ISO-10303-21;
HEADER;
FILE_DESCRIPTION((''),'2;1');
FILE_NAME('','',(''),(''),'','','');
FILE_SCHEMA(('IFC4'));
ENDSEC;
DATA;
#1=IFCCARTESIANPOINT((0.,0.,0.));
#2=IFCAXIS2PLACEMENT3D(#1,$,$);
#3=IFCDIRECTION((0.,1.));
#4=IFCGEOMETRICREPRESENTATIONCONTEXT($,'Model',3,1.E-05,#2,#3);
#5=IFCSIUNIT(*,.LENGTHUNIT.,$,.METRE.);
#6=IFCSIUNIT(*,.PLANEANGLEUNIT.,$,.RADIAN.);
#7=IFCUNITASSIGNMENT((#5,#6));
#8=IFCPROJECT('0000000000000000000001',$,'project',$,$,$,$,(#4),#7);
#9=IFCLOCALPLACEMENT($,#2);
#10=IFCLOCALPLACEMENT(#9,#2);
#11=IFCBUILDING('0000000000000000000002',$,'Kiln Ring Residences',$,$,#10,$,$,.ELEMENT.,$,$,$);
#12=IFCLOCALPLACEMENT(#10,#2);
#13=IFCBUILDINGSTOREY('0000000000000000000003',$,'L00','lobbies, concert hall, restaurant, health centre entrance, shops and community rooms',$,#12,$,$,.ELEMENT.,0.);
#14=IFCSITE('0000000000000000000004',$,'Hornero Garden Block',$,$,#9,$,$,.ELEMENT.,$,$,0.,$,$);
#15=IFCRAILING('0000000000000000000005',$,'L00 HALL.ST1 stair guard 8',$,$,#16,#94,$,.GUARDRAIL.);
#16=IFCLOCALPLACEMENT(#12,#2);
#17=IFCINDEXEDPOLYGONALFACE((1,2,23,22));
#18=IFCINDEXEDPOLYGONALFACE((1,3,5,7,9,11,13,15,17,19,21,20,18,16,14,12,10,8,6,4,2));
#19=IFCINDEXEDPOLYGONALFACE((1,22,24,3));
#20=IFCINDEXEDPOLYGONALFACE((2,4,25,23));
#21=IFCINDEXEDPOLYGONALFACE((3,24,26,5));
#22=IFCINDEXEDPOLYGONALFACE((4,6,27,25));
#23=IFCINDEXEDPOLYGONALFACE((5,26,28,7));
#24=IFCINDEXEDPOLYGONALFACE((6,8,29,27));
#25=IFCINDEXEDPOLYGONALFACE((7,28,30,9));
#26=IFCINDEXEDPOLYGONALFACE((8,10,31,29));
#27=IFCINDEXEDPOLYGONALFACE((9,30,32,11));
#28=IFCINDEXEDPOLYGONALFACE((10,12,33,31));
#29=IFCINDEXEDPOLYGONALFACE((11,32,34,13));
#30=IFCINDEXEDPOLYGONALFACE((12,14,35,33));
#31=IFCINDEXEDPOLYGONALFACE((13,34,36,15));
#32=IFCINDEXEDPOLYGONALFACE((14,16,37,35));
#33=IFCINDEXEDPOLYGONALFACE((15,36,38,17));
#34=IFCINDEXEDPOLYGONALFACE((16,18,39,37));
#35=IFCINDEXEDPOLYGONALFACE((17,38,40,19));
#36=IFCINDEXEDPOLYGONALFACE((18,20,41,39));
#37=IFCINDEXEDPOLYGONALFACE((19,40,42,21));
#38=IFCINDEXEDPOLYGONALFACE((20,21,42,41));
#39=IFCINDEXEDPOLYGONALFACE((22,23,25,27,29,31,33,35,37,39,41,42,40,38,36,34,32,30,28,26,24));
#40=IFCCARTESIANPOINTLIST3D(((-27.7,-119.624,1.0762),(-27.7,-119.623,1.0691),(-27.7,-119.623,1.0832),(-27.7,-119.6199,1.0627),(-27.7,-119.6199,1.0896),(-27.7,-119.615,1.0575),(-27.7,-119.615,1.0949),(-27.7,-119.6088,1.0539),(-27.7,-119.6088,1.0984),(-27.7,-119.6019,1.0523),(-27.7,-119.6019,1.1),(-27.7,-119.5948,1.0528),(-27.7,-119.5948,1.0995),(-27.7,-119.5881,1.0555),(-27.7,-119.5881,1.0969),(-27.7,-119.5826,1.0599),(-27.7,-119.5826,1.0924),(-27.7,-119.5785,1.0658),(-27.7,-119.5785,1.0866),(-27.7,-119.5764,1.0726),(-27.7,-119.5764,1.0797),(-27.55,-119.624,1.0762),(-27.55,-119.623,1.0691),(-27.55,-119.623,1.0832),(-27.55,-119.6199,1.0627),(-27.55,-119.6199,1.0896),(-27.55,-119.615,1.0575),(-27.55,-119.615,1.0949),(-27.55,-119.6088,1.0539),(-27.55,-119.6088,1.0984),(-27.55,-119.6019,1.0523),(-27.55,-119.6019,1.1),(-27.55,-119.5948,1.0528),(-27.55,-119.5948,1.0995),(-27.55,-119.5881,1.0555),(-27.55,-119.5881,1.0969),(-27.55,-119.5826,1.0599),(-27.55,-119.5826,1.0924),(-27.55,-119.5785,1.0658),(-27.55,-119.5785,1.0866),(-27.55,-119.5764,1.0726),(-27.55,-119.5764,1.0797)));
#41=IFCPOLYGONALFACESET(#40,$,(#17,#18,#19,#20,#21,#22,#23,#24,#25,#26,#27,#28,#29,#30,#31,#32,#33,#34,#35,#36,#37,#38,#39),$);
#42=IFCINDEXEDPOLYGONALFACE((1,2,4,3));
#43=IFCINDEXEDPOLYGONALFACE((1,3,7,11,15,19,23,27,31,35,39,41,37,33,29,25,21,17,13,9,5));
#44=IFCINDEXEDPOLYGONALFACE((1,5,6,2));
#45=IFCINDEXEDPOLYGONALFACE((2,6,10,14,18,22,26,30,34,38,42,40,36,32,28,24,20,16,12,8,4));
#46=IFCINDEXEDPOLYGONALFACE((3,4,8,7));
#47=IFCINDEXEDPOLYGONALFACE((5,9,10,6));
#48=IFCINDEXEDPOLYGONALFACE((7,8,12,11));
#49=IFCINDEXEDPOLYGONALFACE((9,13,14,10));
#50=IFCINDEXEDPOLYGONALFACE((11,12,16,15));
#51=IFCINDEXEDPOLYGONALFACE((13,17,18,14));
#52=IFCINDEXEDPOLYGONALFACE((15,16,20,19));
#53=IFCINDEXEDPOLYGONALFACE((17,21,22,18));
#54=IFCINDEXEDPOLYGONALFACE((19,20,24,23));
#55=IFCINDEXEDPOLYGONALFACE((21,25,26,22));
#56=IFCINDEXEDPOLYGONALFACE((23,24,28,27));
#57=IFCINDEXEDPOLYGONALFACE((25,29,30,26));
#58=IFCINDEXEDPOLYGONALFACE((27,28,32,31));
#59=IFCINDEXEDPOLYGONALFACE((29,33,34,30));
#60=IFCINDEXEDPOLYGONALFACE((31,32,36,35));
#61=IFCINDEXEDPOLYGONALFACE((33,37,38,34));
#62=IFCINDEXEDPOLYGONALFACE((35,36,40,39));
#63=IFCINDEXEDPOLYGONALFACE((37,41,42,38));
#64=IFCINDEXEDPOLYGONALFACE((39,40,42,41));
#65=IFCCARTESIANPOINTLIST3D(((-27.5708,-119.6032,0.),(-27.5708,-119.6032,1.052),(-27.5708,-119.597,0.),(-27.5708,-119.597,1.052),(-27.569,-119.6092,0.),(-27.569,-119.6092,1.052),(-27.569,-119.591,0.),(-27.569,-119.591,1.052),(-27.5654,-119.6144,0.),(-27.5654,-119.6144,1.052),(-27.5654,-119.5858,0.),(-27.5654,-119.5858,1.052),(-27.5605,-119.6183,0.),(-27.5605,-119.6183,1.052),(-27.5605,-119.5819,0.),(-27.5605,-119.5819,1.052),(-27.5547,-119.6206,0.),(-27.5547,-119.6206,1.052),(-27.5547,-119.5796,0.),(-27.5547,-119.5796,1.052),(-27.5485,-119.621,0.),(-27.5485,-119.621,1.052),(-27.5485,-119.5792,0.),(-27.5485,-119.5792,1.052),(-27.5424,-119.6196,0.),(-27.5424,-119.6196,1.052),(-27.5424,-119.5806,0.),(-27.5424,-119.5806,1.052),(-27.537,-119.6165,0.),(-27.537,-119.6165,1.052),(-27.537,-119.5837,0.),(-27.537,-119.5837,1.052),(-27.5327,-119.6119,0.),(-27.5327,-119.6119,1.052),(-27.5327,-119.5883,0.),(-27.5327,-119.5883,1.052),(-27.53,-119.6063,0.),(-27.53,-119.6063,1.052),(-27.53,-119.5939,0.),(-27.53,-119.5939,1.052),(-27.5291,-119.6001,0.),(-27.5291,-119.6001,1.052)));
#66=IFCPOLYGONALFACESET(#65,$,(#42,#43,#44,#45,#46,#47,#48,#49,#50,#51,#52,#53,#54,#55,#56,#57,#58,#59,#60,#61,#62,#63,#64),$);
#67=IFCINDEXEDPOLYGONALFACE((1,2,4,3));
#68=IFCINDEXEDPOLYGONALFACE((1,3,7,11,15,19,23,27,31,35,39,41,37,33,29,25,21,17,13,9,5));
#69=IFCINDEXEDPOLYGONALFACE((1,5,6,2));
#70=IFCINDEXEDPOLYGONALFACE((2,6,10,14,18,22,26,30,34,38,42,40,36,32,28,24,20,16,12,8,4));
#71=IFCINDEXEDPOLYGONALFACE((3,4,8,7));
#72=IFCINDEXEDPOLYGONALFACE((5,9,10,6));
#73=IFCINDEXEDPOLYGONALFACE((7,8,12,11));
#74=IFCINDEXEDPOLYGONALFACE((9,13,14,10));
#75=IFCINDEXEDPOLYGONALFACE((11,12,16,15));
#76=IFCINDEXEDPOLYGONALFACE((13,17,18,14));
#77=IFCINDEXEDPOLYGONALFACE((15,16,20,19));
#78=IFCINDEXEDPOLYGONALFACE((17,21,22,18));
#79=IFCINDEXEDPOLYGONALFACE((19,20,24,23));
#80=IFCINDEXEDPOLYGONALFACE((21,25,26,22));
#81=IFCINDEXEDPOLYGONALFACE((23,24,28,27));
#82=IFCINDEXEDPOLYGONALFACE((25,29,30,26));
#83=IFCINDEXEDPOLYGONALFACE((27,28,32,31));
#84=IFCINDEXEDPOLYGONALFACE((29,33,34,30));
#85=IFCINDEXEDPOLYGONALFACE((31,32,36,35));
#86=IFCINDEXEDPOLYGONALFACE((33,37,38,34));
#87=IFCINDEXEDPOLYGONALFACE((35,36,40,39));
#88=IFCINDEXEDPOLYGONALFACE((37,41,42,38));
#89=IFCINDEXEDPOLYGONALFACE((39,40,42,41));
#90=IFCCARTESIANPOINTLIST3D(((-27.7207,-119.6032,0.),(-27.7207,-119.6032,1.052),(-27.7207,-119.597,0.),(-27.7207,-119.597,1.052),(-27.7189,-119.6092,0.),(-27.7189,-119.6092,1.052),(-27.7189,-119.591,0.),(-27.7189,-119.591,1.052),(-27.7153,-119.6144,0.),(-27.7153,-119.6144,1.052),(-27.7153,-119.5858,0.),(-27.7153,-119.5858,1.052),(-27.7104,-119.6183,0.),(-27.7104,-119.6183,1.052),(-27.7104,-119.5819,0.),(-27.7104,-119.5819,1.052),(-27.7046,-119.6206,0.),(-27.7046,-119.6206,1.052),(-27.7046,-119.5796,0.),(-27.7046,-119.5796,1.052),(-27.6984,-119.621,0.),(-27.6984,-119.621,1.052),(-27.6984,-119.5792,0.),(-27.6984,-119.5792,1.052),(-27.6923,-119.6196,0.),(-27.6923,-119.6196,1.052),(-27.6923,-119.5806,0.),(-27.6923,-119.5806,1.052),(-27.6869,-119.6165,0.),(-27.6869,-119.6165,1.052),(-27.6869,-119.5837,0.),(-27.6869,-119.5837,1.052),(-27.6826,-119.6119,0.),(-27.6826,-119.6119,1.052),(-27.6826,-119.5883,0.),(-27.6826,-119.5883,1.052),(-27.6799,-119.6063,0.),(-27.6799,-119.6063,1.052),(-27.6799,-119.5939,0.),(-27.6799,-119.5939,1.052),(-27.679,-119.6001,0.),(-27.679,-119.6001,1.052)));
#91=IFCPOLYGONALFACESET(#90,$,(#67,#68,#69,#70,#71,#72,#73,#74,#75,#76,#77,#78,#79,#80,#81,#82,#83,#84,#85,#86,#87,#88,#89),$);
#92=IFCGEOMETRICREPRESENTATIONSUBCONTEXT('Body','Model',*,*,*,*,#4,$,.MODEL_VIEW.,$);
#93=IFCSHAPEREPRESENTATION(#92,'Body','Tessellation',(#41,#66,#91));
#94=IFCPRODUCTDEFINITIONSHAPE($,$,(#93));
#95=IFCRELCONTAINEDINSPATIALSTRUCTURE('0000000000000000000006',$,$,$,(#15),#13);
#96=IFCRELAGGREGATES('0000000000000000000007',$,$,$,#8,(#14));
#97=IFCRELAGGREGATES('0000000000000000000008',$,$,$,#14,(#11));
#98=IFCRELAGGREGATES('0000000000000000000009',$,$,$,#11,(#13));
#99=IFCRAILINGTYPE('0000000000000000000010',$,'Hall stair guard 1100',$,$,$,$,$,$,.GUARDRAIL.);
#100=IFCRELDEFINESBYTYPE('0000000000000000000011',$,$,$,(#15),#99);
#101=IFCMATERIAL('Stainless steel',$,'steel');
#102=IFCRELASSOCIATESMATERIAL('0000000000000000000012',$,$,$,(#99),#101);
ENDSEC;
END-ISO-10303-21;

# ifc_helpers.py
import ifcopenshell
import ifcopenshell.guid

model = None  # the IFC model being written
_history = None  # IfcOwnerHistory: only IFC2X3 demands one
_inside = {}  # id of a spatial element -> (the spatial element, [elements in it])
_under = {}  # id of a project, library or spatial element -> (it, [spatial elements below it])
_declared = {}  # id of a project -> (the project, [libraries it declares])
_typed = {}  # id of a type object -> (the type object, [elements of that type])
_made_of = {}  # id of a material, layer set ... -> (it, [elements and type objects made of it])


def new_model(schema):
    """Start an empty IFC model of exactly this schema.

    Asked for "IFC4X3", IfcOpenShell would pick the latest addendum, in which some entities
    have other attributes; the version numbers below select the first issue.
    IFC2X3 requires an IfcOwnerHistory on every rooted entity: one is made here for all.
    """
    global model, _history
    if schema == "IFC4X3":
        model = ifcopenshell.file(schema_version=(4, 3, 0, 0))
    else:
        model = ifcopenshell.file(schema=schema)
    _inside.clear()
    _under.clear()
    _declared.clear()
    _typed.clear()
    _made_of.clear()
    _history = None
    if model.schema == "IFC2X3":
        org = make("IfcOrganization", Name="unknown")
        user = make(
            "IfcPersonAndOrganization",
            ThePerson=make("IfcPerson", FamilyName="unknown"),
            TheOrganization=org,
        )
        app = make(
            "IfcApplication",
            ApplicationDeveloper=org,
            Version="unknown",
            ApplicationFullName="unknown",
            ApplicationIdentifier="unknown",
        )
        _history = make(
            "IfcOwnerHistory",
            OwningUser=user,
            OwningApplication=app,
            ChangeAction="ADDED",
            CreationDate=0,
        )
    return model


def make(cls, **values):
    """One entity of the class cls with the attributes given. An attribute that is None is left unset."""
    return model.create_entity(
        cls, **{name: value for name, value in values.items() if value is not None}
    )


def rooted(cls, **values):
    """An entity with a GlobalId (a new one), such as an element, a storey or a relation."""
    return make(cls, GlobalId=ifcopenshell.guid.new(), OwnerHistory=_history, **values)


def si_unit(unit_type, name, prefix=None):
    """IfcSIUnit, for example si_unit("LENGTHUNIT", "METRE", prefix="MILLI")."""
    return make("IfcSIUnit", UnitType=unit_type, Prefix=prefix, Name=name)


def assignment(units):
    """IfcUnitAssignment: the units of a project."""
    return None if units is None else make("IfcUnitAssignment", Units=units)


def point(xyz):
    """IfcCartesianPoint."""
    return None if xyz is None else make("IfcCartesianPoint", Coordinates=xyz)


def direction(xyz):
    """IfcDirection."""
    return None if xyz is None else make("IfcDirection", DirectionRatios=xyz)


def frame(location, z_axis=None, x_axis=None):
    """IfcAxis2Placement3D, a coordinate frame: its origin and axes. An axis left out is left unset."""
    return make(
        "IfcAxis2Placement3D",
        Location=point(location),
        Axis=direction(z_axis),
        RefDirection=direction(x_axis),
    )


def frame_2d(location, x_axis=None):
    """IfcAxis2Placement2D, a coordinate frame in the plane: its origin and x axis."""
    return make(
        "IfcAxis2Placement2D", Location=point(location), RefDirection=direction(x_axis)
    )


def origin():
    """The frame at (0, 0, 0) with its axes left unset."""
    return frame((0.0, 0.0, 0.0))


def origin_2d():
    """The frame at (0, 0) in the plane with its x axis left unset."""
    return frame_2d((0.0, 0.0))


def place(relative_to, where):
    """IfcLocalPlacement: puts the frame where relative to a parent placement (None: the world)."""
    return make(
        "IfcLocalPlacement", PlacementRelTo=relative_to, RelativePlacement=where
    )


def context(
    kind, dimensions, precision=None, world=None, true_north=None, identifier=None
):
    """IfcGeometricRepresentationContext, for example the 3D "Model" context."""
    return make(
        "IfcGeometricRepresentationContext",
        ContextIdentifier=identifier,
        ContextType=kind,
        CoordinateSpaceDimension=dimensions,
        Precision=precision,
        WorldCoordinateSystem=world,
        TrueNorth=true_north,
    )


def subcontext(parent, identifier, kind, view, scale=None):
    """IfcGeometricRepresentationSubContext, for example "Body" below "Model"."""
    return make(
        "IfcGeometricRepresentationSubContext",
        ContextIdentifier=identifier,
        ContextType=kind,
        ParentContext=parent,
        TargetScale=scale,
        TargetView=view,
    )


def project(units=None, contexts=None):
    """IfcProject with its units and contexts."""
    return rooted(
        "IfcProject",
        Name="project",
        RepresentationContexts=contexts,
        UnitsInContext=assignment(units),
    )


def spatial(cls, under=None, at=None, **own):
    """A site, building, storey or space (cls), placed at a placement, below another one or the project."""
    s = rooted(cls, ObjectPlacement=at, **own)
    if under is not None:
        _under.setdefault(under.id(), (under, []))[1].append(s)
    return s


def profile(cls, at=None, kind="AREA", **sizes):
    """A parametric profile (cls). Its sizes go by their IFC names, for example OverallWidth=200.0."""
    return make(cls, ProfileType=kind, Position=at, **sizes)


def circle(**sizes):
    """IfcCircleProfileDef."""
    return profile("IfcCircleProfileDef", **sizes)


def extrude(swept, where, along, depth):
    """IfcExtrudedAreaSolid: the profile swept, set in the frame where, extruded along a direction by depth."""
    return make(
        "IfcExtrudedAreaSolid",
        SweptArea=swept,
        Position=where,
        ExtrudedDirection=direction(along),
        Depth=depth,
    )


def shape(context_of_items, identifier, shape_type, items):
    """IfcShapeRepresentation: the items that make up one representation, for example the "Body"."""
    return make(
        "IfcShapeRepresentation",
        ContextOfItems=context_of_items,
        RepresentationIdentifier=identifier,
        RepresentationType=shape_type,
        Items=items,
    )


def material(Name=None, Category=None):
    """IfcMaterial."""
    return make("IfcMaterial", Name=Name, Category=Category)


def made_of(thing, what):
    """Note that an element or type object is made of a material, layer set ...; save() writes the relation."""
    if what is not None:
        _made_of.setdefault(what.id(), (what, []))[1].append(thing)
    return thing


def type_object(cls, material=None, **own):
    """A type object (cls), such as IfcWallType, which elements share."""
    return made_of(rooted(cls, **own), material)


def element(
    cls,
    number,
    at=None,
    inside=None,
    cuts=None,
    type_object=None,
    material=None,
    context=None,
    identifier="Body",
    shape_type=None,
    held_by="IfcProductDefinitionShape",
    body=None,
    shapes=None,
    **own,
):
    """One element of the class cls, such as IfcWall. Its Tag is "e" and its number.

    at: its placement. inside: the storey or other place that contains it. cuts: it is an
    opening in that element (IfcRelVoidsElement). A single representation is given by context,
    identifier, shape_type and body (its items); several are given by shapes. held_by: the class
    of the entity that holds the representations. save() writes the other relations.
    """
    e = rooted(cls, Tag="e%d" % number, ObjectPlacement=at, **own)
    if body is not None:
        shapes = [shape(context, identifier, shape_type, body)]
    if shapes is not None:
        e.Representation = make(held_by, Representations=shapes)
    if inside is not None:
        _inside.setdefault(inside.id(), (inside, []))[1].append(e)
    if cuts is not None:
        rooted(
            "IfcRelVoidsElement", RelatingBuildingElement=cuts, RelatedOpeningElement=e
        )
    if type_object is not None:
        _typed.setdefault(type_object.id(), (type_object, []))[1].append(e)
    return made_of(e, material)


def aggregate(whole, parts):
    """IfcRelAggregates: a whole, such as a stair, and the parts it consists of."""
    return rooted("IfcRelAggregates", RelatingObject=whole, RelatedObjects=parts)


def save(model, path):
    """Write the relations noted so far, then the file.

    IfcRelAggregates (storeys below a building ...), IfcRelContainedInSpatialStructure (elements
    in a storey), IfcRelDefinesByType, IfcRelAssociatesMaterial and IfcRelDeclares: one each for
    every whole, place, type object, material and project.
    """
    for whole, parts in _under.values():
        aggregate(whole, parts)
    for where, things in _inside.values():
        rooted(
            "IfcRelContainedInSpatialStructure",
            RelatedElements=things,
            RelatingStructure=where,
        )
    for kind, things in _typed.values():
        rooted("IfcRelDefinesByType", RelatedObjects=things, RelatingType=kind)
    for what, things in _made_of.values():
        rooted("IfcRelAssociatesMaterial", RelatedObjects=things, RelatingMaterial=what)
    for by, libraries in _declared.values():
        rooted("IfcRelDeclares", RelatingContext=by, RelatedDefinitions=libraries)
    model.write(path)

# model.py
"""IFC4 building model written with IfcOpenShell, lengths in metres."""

from ifc_helpers import new_model, si_unit, direction, frame, origin, origin_2d, place, context, subcontext, project, spatial, circle, extrude, material, type_object, element, save


model = new_model("IFC4")

# Units and contexts
model_context = context("Model", 3, precision=1e-05, world=origin(), true_north=direction((0.0, 1.0)))
body_context = subcontext(model_context, "Body", "Model", "MODEL_VIEW")
ifc_project = project(units=[si_unit("LENGTHUNIT", "METRE"), si_unit("PLANEANGLEUNIT", "RADIAN")], contexts=[model_context])

# Site, building, storey
site_placement = place(None, origin())
site = spatial("IfcSite", under=ifc_project, at=site_placement, Name="Hornero Garden Block", CompositionType="ELEMENT", RefElevation=0.0)
building_placement = place(site_placement, origin())
building = spatial("IfcBuilding", under=site, at=building_placement, Name="Kiln Ring Residences", CompositionType="ELEMENT")
storey_placement = place(building_placement, origin())
storey = spatial("IfcBuildingStorey", under=building, at=storey_placement, Name="L00", Description="lobbies, concert hall, restaurant, health centre entrance, shops and community rooms", CompositionType="ELEMENT", Elevation=0.0)

# Railing
ifc_material_1 = material(Name="Stainless steel", Category="steel")
railing_type_1 = type_object("IfcRailingType", Name="Hall stair guard 1100", PredefinedType="GUARDRAIL", material=ifc_material_1)
railing_placement = place(storey_placement, frame((-27.55, -119.6001, 0.0)))
element("IfcRailing", 1, at=railing_placement, inside=storey, type_object=railing_type_1, Name="L00 HALL.ST1 stair guard 8", PredefinedType="GUARDRAIL", context=body_context, shape_type="SweptSolid", body=[
    extrude(circle(Radius=0.0239, at=origin_2d()), frame((0.0, 0.0, 1.0762), z_axis=(-1.0, 0.0, 0.0), x_axis=(0.0, -1.0, 0.0)), (0.0, 0.0, 1.0), 0.1499),
    extrude(circle(Radius=0.021, at=origin_2d()), origin(), (0.0, 0.0, 1.0), 1.052),
    extrude(circle(Radius=0.021, at=origin_2d()), frame((-0.1499, 0.0, 0.0)), (0.0, 0.0, 1.0), 1.052),
])

save(model, "model.ifc")
